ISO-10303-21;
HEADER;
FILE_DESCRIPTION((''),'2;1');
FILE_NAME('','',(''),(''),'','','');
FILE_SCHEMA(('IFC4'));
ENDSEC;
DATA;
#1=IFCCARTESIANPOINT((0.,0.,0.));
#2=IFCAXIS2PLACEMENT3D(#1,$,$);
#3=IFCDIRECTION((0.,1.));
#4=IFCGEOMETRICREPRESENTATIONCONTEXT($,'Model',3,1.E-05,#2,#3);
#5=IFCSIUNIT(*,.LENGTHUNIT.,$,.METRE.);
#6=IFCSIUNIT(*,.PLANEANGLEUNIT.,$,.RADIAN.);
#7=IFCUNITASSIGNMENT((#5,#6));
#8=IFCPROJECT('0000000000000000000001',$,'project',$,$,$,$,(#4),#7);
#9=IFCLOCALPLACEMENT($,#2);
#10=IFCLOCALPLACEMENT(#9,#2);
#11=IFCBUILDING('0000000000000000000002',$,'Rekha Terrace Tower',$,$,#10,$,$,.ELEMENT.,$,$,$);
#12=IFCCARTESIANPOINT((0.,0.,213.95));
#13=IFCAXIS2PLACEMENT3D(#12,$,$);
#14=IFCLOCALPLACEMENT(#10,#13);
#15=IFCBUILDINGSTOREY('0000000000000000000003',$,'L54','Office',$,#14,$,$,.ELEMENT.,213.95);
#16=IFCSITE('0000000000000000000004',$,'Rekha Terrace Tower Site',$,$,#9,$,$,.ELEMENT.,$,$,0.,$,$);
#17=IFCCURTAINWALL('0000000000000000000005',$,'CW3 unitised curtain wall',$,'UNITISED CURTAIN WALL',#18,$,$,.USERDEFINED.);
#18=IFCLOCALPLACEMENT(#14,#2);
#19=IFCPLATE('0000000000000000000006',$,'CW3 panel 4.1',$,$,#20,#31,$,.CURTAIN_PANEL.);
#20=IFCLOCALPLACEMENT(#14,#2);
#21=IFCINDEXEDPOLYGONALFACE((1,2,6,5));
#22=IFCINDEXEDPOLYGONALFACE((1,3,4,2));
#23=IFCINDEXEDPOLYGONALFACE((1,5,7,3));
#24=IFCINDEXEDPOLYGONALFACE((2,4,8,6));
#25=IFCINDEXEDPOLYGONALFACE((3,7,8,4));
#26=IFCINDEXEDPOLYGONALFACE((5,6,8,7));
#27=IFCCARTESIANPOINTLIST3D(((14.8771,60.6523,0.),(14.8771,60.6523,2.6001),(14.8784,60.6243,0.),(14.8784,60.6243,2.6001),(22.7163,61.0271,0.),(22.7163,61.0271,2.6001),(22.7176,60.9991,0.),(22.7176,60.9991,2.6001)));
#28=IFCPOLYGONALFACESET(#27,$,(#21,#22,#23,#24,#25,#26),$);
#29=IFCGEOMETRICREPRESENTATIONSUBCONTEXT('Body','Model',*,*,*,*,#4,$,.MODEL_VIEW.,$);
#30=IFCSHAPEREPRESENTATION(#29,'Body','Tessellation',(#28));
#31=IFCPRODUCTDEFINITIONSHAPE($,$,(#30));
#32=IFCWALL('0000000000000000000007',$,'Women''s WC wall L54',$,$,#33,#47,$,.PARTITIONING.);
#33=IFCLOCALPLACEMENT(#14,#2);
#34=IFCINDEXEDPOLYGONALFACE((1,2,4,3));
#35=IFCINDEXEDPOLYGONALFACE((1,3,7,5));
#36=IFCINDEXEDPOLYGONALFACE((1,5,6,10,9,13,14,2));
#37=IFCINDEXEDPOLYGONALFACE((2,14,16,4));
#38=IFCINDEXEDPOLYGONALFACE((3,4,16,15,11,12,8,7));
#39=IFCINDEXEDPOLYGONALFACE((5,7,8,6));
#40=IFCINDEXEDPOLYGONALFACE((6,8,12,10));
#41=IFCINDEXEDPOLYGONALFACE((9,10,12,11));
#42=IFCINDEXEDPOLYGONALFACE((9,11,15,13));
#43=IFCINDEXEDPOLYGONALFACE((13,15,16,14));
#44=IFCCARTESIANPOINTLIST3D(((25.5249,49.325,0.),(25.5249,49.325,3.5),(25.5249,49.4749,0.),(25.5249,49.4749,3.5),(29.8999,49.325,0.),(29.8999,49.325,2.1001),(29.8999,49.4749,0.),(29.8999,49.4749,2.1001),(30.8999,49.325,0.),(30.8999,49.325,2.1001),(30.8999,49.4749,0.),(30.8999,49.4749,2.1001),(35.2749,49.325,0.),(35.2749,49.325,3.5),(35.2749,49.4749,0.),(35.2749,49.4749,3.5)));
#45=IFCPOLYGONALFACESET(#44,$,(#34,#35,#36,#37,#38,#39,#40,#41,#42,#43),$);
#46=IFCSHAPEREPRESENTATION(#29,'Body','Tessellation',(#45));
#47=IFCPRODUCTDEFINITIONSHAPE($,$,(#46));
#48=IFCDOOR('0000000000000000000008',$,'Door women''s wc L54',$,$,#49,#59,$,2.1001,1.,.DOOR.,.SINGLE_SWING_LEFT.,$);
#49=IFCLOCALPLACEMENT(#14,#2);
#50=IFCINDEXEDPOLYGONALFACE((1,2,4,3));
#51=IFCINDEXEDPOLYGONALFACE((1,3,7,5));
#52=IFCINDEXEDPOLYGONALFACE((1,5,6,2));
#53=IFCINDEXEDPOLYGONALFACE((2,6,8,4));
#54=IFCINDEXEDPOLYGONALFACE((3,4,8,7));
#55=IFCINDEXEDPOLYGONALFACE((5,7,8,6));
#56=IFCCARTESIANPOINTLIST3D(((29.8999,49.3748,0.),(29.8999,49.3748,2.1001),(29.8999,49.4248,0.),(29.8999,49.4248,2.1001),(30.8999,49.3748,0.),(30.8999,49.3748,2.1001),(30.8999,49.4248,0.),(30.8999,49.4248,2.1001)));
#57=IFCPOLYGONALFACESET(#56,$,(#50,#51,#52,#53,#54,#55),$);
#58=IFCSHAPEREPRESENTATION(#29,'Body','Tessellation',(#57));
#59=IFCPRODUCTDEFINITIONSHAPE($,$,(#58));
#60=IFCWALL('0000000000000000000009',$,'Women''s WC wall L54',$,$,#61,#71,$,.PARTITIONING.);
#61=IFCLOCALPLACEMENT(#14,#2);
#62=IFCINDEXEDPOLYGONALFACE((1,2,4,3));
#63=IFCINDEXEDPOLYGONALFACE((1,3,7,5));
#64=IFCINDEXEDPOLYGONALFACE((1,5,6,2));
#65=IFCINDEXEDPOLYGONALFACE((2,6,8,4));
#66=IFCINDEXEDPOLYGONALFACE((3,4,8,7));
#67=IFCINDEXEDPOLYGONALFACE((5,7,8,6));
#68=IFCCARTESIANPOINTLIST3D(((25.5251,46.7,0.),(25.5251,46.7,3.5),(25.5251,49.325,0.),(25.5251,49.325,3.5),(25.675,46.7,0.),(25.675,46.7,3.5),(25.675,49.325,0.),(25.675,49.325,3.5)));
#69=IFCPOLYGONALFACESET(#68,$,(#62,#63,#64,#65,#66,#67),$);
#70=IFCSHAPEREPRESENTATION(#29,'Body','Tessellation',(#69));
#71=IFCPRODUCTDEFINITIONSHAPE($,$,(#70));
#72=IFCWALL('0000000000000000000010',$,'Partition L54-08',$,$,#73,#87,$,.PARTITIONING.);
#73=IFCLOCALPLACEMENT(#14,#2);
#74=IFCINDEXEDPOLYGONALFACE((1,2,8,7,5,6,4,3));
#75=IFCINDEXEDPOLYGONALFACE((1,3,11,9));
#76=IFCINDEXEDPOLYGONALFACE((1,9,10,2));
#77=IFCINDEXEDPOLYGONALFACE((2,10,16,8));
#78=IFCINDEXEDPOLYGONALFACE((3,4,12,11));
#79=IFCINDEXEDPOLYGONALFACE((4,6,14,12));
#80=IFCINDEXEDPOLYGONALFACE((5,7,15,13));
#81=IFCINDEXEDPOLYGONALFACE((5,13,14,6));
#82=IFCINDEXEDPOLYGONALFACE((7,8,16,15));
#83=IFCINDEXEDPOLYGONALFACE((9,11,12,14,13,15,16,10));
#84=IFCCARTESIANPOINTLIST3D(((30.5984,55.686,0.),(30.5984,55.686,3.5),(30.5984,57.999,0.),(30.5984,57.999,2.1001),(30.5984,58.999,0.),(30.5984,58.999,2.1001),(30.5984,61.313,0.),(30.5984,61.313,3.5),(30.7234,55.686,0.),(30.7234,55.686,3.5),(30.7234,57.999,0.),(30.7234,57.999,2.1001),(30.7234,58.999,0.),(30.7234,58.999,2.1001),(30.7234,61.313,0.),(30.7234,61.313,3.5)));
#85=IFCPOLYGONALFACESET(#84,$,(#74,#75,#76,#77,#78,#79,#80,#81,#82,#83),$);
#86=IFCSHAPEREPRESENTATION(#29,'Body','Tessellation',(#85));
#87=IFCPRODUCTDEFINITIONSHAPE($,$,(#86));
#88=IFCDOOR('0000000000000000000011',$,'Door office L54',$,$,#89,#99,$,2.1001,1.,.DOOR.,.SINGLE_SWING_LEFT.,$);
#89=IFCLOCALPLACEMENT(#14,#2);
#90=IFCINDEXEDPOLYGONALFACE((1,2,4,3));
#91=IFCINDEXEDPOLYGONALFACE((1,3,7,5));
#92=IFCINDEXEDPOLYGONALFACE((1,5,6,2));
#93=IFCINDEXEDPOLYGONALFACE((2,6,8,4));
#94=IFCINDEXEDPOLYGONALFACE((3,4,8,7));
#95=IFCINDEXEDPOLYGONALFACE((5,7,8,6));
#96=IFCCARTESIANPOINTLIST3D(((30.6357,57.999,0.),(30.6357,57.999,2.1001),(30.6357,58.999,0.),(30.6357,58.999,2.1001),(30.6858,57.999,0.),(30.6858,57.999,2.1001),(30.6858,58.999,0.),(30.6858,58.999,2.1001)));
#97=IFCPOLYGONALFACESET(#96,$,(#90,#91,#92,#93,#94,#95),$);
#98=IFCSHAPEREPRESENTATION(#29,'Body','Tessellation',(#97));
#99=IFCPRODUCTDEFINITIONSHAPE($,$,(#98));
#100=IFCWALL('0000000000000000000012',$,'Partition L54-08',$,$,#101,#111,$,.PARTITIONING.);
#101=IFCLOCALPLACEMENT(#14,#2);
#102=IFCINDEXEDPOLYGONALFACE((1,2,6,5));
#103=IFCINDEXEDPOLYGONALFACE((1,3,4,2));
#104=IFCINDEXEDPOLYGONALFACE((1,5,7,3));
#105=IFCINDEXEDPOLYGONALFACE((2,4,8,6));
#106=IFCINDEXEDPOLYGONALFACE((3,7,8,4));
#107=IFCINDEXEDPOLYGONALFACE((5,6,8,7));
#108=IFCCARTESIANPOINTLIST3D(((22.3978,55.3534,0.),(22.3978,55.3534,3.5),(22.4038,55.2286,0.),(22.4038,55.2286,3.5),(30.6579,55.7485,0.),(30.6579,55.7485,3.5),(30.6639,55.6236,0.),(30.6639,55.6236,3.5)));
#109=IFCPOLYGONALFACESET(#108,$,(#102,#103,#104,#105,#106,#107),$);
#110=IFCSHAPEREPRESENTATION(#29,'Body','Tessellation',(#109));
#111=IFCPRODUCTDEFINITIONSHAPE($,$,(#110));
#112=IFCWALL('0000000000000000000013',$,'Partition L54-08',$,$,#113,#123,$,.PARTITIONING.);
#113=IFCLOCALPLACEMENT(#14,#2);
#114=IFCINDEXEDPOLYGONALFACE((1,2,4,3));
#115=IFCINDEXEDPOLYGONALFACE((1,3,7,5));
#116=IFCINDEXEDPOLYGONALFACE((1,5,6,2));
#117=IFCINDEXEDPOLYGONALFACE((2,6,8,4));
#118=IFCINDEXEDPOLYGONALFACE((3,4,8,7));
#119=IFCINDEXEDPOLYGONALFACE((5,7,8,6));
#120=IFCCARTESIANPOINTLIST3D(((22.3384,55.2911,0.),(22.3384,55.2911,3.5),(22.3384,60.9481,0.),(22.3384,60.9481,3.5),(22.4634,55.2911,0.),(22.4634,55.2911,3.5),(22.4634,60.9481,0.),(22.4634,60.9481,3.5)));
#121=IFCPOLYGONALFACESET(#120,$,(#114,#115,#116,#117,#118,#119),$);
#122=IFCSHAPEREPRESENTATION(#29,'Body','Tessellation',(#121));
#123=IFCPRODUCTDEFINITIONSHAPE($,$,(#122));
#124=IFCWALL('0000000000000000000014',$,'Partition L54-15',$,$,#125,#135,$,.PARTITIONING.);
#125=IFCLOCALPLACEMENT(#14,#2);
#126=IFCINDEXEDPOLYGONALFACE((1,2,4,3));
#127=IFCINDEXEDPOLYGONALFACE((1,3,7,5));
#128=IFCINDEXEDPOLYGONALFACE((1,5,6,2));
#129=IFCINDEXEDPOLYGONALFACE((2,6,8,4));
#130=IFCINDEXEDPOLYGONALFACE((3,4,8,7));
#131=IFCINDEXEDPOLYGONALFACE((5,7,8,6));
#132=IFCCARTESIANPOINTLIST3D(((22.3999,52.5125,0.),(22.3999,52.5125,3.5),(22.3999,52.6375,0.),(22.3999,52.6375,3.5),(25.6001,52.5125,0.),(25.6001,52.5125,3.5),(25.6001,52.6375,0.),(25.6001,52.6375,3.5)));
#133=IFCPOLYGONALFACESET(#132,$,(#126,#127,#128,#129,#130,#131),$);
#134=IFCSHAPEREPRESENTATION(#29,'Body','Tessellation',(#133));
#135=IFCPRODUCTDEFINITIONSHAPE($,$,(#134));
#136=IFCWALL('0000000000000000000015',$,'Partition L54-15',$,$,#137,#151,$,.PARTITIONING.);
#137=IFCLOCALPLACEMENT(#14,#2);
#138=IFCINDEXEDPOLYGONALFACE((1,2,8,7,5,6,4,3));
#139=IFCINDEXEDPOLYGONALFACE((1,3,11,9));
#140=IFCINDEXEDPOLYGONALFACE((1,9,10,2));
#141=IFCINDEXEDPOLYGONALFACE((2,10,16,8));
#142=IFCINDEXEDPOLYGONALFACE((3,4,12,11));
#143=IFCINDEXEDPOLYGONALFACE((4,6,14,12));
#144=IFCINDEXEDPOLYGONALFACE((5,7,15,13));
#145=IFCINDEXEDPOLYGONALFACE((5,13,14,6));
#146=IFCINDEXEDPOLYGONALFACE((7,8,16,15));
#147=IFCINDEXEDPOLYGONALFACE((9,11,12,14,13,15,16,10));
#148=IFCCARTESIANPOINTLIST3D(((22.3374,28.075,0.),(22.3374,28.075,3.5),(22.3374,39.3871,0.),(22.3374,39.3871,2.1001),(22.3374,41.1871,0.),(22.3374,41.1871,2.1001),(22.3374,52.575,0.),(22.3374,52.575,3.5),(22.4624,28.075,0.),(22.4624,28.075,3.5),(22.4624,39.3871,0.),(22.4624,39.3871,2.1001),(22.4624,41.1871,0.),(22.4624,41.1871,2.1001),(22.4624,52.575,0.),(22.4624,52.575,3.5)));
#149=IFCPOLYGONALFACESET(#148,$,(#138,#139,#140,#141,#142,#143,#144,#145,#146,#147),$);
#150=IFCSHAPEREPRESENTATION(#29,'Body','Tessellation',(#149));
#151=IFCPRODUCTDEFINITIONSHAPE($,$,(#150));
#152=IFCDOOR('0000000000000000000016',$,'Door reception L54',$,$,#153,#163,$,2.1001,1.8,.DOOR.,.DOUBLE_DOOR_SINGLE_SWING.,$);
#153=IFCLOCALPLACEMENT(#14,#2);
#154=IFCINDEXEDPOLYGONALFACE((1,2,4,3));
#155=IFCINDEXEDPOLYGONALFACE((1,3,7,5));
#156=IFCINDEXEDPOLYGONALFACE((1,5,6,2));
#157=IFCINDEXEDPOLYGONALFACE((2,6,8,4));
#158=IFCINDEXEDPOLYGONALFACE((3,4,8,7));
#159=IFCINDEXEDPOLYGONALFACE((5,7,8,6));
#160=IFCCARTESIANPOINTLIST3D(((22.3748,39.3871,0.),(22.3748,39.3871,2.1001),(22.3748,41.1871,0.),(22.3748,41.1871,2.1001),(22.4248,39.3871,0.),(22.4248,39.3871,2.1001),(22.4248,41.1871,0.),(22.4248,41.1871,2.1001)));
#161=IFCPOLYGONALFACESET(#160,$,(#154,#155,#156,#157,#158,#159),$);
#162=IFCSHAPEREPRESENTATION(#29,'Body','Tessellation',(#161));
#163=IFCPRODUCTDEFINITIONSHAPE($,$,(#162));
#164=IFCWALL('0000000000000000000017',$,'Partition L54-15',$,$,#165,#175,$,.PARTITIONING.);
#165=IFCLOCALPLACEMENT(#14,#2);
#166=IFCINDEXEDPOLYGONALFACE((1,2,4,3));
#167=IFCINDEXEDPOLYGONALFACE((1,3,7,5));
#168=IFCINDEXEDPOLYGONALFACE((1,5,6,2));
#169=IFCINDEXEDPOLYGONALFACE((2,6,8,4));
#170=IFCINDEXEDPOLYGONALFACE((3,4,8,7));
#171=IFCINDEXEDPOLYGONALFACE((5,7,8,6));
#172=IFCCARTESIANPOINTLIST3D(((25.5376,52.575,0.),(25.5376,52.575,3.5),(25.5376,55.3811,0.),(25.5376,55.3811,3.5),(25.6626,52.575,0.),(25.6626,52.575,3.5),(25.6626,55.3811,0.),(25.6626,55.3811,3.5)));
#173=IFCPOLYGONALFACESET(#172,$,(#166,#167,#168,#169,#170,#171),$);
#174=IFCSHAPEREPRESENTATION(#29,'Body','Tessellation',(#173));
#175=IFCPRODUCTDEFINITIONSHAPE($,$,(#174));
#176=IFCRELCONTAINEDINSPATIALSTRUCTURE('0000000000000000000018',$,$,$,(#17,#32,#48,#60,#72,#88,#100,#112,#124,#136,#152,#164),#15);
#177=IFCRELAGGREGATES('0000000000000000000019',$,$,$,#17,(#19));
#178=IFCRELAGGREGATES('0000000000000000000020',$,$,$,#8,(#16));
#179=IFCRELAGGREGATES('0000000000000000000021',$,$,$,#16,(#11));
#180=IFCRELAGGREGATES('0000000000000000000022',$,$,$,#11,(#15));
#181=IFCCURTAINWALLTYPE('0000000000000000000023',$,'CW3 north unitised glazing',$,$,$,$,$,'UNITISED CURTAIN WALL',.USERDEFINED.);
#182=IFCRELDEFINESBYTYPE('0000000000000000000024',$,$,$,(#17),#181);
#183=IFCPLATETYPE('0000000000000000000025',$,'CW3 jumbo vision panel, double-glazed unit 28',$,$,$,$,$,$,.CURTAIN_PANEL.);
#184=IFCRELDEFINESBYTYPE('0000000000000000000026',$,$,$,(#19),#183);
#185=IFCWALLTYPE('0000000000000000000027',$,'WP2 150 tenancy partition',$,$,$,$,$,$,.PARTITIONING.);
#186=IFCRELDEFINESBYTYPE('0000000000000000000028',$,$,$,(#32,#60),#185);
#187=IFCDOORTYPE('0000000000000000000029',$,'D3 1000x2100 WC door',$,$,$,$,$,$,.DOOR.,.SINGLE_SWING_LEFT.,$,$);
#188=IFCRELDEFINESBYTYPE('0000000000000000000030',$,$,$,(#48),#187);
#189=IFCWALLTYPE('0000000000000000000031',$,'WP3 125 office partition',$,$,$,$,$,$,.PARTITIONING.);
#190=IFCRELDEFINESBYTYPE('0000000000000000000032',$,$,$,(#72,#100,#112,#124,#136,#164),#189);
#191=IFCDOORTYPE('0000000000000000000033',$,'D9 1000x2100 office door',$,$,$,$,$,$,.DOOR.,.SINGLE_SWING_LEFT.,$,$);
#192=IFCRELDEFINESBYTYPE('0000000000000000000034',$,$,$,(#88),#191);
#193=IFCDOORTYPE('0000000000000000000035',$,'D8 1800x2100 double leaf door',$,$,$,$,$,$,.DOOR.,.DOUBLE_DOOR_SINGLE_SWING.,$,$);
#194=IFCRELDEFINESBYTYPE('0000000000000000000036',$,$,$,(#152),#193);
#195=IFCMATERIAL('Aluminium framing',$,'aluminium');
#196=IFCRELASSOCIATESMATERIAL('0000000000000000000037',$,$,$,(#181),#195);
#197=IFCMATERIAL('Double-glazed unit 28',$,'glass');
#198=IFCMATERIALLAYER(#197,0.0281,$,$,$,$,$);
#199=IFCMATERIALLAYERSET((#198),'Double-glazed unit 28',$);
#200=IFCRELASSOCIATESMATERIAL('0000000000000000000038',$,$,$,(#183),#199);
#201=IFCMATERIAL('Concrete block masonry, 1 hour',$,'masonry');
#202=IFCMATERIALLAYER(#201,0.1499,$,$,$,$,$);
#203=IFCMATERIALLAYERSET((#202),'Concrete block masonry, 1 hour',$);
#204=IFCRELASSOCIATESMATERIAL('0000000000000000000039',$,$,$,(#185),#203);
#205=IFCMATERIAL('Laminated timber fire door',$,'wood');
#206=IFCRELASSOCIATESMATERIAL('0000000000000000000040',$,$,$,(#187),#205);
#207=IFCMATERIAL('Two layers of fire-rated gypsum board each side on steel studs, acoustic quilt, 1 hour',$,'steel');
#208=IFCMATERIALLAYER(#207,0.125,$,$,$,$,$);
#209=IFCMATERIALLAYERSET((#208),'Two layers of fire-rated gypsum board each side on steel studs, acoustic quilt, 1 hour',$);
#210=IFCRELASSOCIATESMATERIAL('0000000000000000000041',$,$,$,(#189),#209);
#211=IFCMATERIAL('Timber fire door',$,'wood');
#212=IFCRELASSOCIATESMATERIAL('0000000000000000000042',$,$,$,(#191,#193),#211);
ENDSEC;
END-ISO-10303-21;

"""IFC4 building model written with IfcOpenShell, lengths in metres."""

from ifc_helpers import new_model, si_unit, direction, frame, frame_2d, origin, origin_2d, place, context, subcontext, project, spatial, rectangle, extrude, material, layer, layer_set, type_object, element, fill, aggregate, save


model = new_model("IFC4")

# Units and contexts
model_context = context("Model", 3, precision=1e-05, world=origin(), true_north=direction((0.0, 1.0)))
body_context = subcontext(model_context, "Body", "Model", "MODEL_VIEW")
ifc_project = project(units=[si_unit("LENGTHUNIT", "METRE"), si_unit("PLANEANGLEUNIT", "RADIAN")], contexts=[model_context])

# Site, building, storey
site_placement = place(None, origin())
site = spatial("IfcSite", under=ifc_project, at=site_placement, Name="Rekha Terrace Tower Site", CompositionType="ELEMENT", RefElevation=0.0)
building_placement = place(site_placement, origin())
building = spatial("IfcBuilding", under=site, at=building_placement, Name="Rekha Terrace Tower", CompositionType="ELEMENT")
storey_placement = place(building_placement, frame((0.0, 0.0, 213.95)))
storey = spatial("IfcBuildingStorey", under=building, at=storey_placement, Name="L54", Description="Office", CompositionType="ELEMENT", Elevation=213.95)

# Curtain wall, plate
ifc_material_1 = material(Name="Aluminium framing", Category="aluminium")
curtain_wall_type = type_object("IfcCurtainWallType", Name="CW3 north unitised glazing", ElementType="UNITISED CURTAIN WALL", PredefinedType="USERDEFINED", material=ifc_material_1)
curtain_wall_placement = place(storey_placement, origin())
curtain_wall = element("IfcCurtainWall", 1, at=curtain_wall_placement, inside=storey, type_object=curtain_wall_type, Name="CW3 unitised curtain wall", ObjectType="UNITISED CURTAIN WALL", PredefinedType="USERDEFINED")
ifc_material_2 = material(Name="Double-glazed unit 28", Category="glass")
ifc_layer_1 = layer(ifc_material_2, 0.0281)
ifc_layer_set_1 = layer_set([ifc_layer_1], Name="Double-glazed unit 28")
plate_type = type_object("IfcPlateType", Name="CW3 jumbo vision panel, double-glazed unit 28", PredefinedType="CURTAIN_PANEL", material=ifc_layer_set_1)
plate_1_placement = place(storey_placement, frame((18.7974, 60.8257, 0.0), z_axis=(0.0, 0.0, 1.0), x_axis=(-0.998859, -0.047759, 0.0)))
plate_1 = element("IfcPlate", 2, at=plate_1_placement, type_object=plate_type, Name="CW3 panel 4.1", PredefinedType="CURTAIN_PANEL", context=body_context, shape_type="SweptSolid", body=[
    extrude(rectangle(XDim=7.8481, YDim=0.0281, at=origin_2d()), origin(), (0.0, 0.0, 1.0), 2.6001),
])
aggregate(curtain_wall, [plate_1])

# Wall, opening, door
ifc_material_3 = material(Name="Concrete block masonry, 1 hour", Category="masonry")
ifc_layer_2 = layer(ifc_material_3, 0.1499)
ifc_layer_set_2 = layer_set([ifc_layer_2], Name="Concrete block masonry, 1 hour")
wall_type_1 = type_object("IfcWallType", Name="WP2 150 tenancy partition", PredefinedType="PARTITIONING", material=ifc_layer_set_2)
wall_1_placement = place(storey_placement, frame((25.5249, 49.3999, 0.0), z_axis=(0.0, 0.0, 1.0), x_axis=(1.0, 0.0, 0.0)))
wall_1 = element("IfcWall", 3, at=wall_1_placement, inside=storey, type_object=wall_type_1, Name="Women's WC wall L54", PredefinedType="PARTITIONING", context=body_context, shape_type="SweptSolid", body=[
    extrude(rectangle(XDim=9.75, YDim=0.1499, at=frame_2d((4.875, 0.0))), origin(), (0.0, 0.0, 1.0), 3.5),
])
opening_1_placement = place(wall_1_placement, frame((4.375, 0.0, 0.0)))
opening_1 = element("IfcOpeningElement", 4, at=opening_1_placement, cuts=wall_1, PredefinedType="OPENING", context=body_context, shape_type="SweptSolid", body=[
    extrude(rectangle(XDim=1.0, YDim=2.1001, at=frame_2d((0.5, 1.05))), frame((0.0, 0.085, 0.0), z_axis=(0.0, -1.0, 0.0), x_axis=(1.0, 0.0, 0.0)), (0.0, 0.0, 1.0), 0.1699),
])
ifc_material_4 = material(Name="Laminated timber fire door", Category="wood")
door_type_1 = type_object("IfcDoorType", Name="D3 1000x2100 WC door", OperationType="SINGLE_SWING_LEFT", PredefinedType="DOOR", material=ifc_material_4)
door_1_placement = place(opening_1_placement, origin())
door_1 = element("IfcDoor", 5, at=door_1_placement, inside=storey, type_object=door_type_1, Name="Door women's wc L54", OperationType="SINGLE_SWING_LEFT", OverallHeight=2.1001, OverallWidth=1.0, PredefinedType="DOOR", context=body_context, shape_type="SweptSolid", body=[
    extrude(rectangle(XDim=1.0, YDim=2.1001, at=frame_2d((0.5, 1.05))), frame((0.0, 0.0249, 0.0), z_axis=(0.0, -1.0, 0.0), x_axis=(1.0, 0.0, 0.0)), (0.0, 0.0, 1.0), 0.05),
])
fill(opening_1, door_1)

# Wall
wall_2_placement = place(storey_placement, frame((25.6001, 46.7, 0.0), z_axis=(0.0, 0.0, 1.0), x_axis=(0.0, 1.0, 0.0)))
element("IfcWall", 6, at=wall_2_placement, inside=storey, type_object=wall_type_1, Name="Women's WC wall L54", PredefinedType="PARTITIONING", context=body_context, shape_type="SweptSolid", body=[
    extrude(rectangle(XDim=2.625, YDim=0.1499, at=frame_2d((1.3125, 0.0))), origin(), (0.0, 0.0, 1.0), 3.5),
])

# Wall, opening, door
ifc_material_5 = material(Name="Two layers of fire-rated gypsum board each side on steel studs, acoustic quilt, 1 hour", Category="steel")
ifc_layer_3 = layer(ifc_material_5, 0.125)
ifc_layer_set_3 = layer_set([ifc_layer_3], Name="Two layers of fire-rated gypsum board each side on steel studs, acoustic quilt, 1 hour")
wall_type_2 = type_object("IfcWallType", Name="WP3 125 office partition", PredefinedType="PARTITIONING", material=ifc_layer_set_3)
wall_3_placement = place(storey_placement, frame((30.6609, 61.313, 0.0), z_axis=(0.0, 0.0, 1.0), x_axis=(0.0, -1.0, 0.0)))
wall_3 = element("IfcWall", 7, at=wall_3_placement, inside=storey, type_object=wall_type_2, Name="Partition L54-08", PredefinedType="PARTITIONING", context=body_context, shape_type="SweptSolid", body=[
    extrude(rectangle(XDim=5.627, YDim=0.125, at=frame_2d((2.8135, 0.0))), origin(), (0.0, 0.0, 1.0), 3.5),
])
opening_2_placement = place(wall_3_placement, frame((2.314, 0.0, 0.0)))
opening_2 = element("IfcOpeningElement", 8, at=opening_2_placement, cuts=wall_3, PredefinedType="OPENING", context=body_context, shape_type="SweptSolid", body=[
    extrude(rectangle(XDim=1.0, YDim=2.1001, at=frame_2d((0.5, 1.05))), frame((0.0, 0.0725, 0.0), z_axis=(0.0, -1.0, 0.0), x_axis=(1.0, 0.0, 0.0)), (0.0, 0.0, 1.0), 0.145),
])
ifc_material_6 = material(Name="Timber fire door", Category="wood")
door_type_2 = type_object("IfcDoorType", Name="D9 1000x2100 office door", OperationType="SINGLE_SWING_LEFT", PredefinedType="DOOR", material=ifc_material_6)
door_2_placement = place(opening_2_placement, origin())
door_2 = element("IfcDoor", 9, at=door_2_placement, inside=storey, type_object=door_type_2, Name="Door office L54", OperationType="SINGLE_SWING_LEFT", OverallHeight=2.1001, OverallWidth=1.0, PredefinedType="DOOR", context=body_context, shape_type="SweptSolid", body=[
    extrude(rectangle(XDim=1.0, YDim=2.1001, at=frame_2d((0.5, 1.05))), frame((0.0, 0.0249, 0.0), z_axis=(0.0, -1.0, 0.0), x_axis=(1.0, 0.0, 0.0)), (0.0, 0.0, 1.0), 0.05),
])
fill(opening_2, door_2)

# Walls
wall_4_placement = place(storey_placement, frame((30.6609, 55.686, 0.0), z_axis=(0.0, 0.0, 1.0), x_axis=(-0.998858, -0.047769, 0.0)))
element("IfcWall", 10, at=wall_4_placement, inside=storey, type_object=wall_type_2, Name="Partition L54-08", PredefinedType="PARTITIONING", context=body_context, shape_type="SweptSolid", body=[
    extrude(rectangle(XDim=8.2695, YDim=0.125, at=frame_2d((4.1348, 0.0))), origin(), (0.0, 0.0, 1.0), 3.5),
])
wall_5_placement = place(storey_placement, frame((22.4009, 55.291, 0.0), z_axis=(0.0, 0.0, 1.0), x_axis=(0.0, 1.0, 0.0)))
element("IfcWall", 11, at=wall_5_placement, inside=storey, type_object=wall_type_2, Name="Partition L54-08", PredefinedType="PARTITIONING", context=body_context, shape_type="SweptSolid", body=[
    extrude(rectangle(XDim=5.657, YDim=0.125, at=frame_2d((2.8286, 0.0))), origin(), (0.0, 0.0, 1.0), 3.5),
])
wall_6_placement = place(storey_placement, frame((25.6001, 52.575, 0.0), z_axis=(0.0, 0.0, 1.0), x_axis=(-1.0, 0.0, 0.0)))
element("IfcWall", 12, at=wall_6_placement, inside=storey, type_object=wall_type_2, Name="Partition L54-15", PredefinedType="PARTITIONING", context=body_context, shape_type="SweptSolid", body=[
    extrude(rectangle(XDim=3.2002, YDim=0.125, at=frame_2d((1.6001, 0.0))), origin(), (0.0, 0.0, 1.0), 3.5),
])

# Wall, opening, door
wall_7_placement = place(storey_placement, frame((22.3999, 52.575, 0.0), z_axis=(0.0, 0.0, 1.0), x_axis=(0.0, -1.0, 0.0)))
wall_7 = element("IfcWall", 13, at=wall_7_placement, inside=storey, type_object=wall_type_2, Name="Partition L54-15", PredefinedType="PARTITIONING", context=body_context, shape_type="SweptSolid", body=[
    extrude(rectangle(XDim=24.5, YDim=0.125, at=frame_2d((12.25, 0.0))), origin(), (0.0, 0.0, 1.0), 3.5),
])
opening_3_placement = place(wall_7_placement, frame((11.3879, 0.0, 0.0)))
opening_3 = element("IfcOpeningElement", 14, at=opening_3_placement, cuts=wall_7, PredefinedType="OPENING", context=body_context, shape_type="SweptSolid", body=[
    extrude(rectangle(XDim=1.8, YDim=2.1001, at=frame_2d((0.8999, 1.05))), frame((0.0, 0.0725, 0.0), z_axis=(0.0, -1.0, 0.0), x_axis=(1.0, 0.0, 0.0)), (0.0, 0.0, 1.0), 0.145),
])
door_type_3 = type_object("IfcDoorType", Name="D8 1800x2100 double leaf door", OperationType="DOUBLE_DOOR_SINGLE_SWING", PredefinedType="DOOR", material=ifc_material_6)
door_3_placement = place(opening_3_placement, origin())
door_3 = element("IfcDoor", 15, at=door_3_placement, inside=storey, type_object=door_type_3, Name="Door reception L54", OperationType="DOUBLE_DOOR_SINGLE_SWING", OverallHeight=2.1001, OverallWidth=1.8, PredefinedType="DOOR", context=body_context, shape_type="SweptSolid", body=[
    extrude(rectangle(XDim=1.8, YDim=2.1001, at=frame_2d((0.8999, 1.05))), frame((0.0, 0.0249, 0.0), z_axis=(0.0, -1.0, 0.0), x_axis=(1.0, 0.0, 0.0)), (0.0, 0.0, 1.0), 0.05),
])
fill(opening_3, door_3)

# Wall
wall_8_placement = place(storey_placement, frame((25.6001, 55.3811, 0.0), z_axis=(0.0, 0.0, 1.0), x_axis=(0.0, -1.0, 0.0)))
element("IfcWall", 16, at=wall_8_placement, inside=storey, type_object=wall_type_2, Name="Partition L54-15", PredefinedType="PARTITIONING", context=body_context, shape_type="SweptSolid", body=[
    extrude(rectangle(XDim=2.8062, YDim=0.125, at=frame_2d((1.4031, 0.0))), origin(), (0.0, 0.0, 1.0), 3.5),
])

save(model, "model.ifc")
